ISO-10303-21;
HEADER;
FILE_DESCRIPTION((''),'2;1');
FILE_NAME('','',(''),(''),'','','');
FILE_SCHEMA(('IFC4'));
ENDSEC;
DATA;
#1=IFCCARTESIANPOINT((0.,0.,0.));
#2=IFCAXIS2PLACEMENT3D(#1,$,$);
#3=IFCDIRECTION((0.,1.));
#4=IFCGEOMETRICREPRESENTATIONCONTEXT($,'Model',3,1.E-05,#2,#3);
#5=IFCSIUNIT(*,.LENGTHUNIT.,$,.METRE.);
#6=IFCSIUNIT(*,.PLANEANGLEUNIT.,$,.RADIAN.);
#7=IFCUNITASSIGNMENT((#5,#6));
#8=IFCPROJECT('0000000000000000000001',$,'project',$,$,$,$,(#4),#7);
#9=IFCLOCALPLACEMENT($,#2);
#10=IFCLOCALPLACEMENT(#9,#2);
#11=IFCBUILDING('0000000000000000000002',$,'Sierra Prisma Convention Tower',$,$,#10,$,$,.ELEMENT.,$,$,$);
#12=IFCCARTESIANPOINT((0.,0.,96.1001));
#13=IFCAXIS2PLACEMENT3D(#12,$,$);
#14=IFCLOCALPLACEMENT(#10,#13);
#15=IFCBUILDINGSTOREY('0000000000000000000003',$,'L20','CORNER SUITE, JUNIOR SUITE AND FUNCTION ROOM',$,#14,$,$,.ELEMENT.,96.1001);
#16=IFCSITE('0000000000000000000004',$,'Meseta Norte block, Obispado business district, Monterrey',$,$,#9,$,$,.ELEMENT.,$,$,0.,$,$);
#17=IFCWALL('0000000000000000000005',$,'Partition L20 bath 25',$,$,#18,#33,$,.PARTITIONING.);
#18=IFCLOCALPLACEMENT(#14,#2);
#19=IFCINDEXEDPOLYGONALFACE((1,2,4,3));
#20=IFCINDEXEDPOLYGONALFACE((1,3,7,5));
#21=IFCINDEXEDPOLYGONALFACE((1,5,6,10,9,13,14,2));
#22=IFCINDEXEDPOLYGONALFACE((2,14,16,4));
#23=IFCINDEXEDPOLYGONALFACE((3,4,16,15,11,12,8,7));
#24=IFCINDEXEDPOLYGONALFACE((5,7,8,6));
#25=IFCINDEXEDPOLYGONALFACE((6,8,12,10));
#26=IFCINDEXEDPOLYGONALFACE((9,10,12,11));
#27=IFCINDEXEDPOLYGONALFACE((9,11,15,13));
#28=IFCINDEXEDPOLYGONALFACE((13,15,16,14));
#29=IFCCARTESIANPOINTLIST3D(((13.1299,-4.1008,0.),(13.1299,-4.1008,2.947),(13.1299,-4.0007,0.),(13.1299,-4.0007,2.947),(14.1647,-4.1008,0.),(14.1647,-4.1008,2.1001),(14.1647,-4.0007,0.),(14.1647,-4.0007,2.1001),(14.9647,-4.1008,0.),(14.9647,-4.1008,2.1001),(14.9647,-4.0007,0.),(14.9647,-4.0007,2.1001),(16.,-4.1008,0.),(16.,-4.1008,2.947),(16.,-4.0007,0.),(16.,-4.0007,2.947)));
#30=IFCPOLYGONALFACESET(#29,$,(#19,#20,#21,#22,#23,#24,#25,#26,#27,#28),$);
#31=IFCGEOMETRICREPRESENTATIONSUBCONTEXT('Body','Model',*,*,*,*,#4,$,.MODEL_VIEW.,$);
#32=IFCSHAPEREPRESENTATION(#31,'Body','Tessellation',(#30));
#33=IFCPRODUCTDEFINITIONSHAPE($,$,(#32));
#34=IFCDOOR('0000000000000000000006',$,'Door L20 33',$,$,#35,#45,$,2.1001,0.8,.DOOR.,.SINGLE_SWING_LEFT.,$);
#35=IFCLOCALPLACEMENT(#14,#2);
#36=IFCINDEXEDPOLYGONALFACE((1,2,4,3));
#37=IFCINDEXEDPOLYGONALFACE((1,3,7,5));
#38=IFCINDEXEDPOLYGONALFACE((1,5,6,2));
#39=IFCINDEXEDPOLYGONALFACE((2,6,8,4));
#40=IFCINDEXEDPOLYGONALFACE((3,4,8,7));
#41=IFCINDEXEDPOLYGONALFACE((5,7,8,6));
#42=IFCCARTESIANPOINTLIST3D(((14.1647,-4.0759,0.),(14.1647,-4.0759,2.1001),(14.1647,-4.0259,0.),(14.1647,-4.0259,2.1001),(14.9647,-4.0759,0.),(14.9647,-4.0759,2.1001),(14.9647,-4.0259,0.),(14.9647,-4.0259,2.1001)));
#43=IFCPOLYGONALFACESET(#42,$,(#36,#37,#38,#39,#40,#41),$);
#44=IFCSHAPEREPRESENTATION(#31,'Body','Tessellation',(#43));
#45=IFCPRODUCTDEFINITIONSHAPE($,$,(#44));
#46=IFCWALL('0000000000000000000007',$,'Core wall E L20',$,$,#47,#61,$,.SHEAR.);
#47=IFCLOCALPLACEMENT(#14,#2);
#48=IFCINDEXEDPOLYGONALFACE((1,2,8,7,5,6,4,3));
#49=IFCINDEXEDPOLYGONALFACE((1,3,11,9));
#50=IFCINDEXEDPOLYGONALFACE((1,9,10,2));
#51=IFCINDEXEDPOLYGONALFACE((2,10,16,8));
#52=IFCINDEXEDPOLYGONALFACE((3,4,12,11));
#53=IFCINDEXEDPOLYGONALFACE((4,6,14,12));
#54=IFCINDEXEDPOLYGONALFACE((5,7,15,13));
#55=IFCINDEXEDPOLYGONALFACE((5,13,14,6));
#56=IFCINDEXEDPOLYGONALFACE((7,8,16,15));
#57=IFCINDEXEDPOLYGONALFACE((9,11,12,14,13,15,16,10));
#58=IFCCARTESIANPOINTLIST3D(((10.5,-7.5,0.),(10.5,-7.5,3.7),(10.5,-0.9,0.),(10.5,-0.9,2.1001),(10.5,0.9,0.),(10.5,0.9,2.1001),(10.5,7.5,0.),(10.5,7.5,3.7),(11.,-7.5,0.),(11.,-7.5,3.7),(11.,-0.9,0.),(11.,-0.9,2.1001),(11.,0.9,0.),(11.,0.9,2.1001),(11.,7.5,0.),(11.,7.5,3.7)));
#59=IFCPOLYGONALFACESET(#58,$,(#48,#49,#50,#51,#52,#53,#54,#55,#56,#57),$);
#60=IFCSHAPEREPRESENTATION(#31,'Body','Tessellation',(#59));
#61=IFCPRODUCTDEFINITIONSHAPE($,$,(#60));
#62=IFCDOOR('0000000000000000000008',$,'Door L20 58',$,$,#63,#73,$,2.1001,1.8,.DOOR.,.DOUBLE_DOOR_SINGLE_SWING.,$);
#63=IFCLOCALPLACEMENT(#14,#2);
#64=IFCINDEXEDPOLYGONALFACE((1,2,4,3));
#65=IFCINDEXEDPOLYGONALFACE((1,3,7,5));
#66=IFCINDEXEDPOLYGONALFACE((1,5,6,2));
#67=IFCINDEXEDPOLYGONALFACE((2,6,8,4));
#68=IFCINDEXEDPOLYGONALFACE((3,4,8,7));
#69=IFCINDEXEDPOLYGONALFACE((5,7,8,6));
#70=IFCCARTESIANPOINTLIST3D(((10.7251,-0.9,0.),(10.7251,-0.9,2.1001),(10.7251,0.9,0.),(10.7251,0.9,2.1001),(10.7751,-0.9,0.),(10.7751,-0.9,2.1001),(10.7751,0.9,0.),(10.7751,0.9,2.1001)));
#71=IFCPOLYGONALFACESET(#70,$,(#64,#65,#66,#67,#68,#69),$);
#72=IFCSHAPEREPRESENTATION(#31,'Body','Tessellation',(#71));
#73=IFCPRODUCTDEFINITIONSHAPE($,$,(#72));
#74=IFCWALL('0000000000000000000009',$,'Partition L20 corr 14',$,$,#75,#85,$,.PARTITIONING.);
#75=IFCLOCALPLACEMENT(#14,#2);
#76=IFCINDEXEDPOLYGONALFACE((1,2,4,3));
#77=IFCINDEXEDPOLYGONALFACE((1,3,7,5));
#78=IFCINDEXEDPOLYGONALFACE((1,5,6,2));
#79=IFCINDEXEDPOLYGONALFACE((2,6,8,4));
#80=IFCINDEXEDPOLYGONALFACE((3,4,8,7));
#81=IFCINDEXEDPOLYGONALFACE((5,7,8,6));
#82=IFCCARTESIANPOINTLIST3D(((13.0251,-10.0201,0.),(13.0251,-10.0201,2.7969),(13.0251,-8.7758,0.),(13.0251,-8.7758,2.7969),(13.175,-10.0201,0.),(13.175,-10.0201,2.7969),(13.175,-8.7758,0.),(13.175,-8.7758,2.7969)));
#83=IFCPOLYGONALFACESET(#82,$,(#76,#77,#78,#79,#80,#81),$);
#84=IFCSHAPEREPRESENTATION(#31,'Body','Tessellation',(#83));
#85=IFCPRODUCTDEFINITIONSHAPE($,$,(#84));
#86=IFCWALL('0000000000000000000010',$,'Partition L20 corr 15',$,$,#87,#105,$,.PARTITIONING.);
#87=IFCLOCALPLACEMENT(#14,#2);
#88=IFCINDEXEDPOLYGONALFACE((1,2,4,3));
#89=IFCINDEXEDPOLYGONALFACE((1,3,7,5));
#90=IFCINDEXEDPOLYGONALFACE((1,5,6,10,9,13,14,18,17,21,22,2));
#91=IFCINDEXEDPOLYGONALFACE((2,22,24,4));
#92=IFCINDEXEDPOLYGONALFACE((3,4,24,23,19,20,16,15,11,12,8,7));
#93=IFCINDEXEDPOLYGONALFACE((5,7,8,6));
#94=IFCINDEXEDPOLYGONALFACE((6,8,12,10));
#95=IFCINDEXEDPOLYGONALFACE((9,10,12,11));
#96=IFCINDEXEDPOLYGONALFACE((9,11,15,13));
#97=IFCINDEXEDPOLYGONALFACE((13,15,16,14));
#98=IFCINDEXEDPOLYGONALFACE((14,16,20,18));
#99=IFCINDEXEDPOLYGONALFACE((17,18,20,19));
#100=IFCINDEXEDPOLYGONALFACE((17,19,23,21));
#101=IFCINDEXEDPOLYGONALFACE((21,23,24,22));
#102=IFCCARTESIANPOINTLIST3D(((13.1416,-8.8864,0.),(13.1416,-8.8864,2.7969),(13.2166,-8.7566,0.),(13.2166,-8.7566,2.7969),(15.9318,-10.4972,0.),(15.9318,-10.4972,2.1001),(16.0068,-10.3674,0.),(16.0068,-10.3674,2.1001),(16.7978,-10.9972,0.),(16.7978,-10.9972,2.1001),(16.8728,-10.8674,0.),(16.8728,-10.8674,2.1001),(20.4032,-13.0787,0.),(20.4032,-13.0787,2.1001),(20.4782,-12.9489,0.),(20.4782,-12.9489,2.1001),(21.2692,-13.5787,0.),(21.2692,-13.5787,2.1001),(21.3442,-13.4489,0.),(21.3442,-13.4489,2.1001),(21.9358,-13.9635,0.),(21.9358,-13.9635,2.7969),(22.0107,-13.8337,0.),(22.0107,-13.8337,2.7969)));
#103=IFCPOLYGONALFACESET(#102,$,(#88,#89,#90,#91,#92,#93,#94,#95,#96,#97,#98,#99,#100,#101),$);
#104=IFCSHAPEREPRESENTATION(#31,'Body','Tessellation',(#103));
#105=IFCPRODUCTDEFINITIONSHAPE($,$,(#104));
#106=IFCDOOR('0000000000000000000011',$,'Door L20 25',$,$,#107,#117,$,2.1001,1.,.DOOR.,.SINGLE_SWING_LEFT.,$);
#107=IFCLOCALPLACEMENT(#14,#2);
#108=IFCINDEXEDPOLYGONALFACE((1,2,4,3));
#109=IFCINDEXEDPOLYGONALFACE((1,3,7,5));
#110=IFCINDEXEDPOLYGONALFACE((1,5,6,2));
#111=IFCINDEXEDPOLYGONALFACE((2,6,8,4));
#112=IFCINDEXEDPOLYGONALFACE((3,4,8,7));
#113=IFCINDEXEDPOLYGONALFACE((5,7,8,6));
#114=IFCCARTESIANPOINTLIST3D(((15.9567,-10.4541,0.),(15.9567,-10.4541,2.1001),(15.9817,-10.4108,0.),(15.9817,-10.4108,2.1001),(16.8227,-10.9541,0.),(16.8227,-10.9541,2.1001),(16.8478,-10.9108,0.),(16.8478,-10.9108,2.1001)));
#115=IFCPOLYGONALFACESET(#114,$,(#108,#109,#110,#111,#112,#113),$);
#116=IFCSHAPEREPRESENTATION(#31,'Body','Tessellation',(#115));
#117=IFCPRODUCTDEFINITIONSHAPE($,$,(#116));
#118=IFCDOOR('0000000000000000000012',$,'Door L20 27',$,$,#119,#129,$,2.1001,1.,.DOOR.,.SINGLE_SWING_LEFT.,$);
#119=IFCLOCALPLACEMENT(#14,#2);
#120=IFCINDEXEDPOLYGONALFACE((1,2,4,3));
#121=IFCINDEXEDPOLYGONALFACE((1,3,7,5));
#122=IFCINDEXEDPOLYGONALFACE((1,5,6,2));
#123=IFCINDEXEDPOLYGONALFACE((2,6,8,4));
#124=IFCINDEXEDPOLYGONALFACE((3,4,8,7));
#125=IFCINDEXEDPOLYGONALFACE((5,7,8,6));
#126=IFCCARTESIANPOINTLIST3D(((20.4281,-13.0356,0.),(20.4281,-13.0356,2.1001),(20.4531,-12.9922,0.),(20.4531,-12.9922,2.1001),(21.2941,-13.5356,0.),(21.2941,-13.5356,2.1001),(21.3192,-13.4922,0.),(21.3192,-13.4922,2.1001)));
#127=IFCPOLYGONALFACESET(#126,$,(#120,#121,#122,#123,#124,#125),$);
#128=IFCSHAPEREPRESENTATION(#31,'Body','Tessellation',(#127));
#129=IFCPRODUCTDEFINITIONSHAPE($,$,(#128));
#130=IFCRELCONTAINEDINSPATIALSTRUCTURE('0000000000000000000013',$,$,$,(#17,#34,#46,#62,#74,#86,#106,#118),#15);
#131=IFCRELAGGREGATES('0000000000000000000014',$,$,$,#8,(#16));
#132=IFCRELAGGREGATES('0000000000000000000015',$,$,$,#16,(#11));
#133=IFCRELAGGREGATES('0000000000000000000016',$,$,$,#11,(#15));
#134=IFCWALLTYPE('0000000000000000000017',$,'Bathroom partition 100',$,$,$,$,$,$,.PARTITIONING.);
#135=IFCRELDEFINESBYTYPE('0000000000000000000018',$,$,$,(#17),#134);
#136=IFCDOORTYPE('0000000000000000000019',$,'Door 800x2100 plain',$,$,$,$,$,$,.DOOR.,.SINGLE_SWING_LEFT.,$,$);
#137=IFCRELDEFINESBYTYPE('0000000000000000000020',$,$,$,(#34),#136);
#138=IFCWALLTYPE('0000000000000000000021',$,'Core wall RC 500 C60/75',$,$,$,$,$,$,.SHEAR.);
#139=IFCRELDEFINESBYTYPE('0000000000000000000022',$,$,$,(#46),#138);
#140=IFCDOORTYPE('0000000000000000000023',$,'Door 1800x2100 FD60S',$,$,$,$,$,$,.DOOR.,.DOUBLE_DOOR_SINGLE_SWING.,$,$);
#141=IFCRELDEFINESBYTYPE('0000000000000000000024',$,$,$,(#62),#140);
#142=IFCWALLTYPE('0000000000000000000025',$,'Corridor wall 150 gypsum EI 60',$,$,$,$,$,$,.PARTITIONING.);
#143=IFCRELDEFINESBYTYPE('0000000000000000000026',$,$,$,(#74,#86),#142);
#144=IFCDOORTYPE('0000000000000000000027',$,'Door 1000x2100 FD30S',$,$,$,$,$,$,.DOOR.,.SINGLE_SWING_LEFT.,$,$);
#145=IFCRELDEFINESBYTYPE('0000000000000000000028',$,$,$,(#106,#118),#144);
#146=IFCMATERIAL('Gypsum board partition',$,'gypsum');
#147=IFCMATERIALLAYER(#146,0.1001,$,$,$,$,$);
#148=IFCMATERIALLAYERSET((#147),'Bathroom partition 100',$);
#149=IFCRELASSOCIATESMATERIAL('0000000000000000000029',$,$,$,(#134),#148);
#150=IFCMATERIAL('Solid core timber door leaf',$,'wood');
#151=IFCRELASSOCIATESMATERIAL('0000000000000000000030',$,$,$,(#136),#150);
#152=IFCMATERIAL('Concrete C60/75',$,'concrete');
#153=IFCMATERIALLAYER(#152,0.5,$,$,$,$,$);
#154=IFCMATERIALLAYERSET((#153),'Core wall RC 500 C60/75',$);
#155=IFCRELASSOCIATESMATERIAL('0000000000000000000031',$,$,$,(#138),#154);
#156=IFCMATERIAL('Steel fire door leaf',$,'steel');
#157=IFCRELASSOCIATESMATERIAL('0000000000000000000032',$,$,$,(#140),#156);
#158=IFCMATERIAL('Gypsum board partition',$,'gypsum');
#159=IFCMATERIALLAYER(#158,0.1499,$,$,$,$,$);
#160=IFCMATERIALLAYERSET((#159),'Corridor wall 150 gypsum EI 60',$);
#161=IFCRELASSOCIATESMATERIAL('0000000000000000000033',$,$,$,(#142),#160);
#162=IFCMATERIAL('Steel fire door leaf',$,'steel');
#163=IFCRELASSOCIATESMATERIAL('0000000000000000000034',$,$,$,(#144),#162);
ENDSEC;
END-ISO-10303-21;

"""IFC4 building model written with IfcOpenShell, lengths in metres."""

from ifc_helpers import new_model, si_unit, direction, frame, frame_2d, origin, place, context, subcontext, project, spatial, rectangle, extrude, material, layer, layer_set, type_object, element, fill, save


model = new_model("IFC4")

# Units and contexts
model_context = context("Model", 3, precision=1e-05, world=origin(), true_north=direction((0.0, 1.0)))
body_context = subcontext(model_context, "Body", "Model", "MODEL_VIEW")
ifc_project = project(units=[si_unit("LENGTHUNIT", "METRE"), si_unit("PLANEANGLEUNIT", "RADIAN")], contexts=[model_context])

# Site, building, storey
site_placement = place(None, origin())
site = spatial("IfcSite", under=ifc_project, at=site_placement, Name="Meseta Norte block, Obispado business district, Monterrey", CompositionType="ELEMENT", RefElevation=0.0)
building_placement = place(site_placement, origin())
building = spatial("IfcBuilding", under=site, at=building_placement, Name="Sierra Prisma Convention Tower", CompositionType="ELEMENT")
storey_placement = place(building_placement, frame((0.0, 0.0, 96.1001)))
storey = spatial("IfcBuildingStorey", under=building, at=storey_placement, Name="L20", Description="CORNER SUITE, JUNIOR SUITE AND FUNCTION ROOM", CompositionType="ELEMENT", Elevation=96.1001)

# Walls, openings, doors
ifc_material_1 = material(Name="Gypsum board partition", Category="gypsum")
ifc_layer_1 = layer(ifc_material_1, 0.1001)
ifc_layer_set_1 = layer_set([ifc_layer_1], Name="Bathroom partition 100")
wall_type_1 = type_object("IfcWallType", Name="Bathroom partition 100", PredefinedType="PARTITIONING", material=ifc_layer_set_1)
wall_1_placement = place(storey_placement, frame((13.1299, -4.0508, 0.0), z_axis=(0.0, 0.0, 1.0), x_axis=(1.0, 0.0, 0.0)))
wall_1 = element("IfcWall", 1, at=wall_1_placement, inside=storey, type_object=wall_type_1, Name="Partition L20 bath 25", PredefinedType="PARTITIONING", context=body_context, shape_type="SweptSolid", body=[
    extrude(rectangle(XDim=2.8701, YDim=0.1001, at=frame_2d((1.4351, 0.0))), origin(), (0.0, 0.0, 1.0), 2.947),
])
opening_1_placement = place(wall_1_placement, frame((1.0349, 0.0, 0.0)))
opening_1 = element("IfcOpeningElement", 2, at=opening_1_placement, cuts=wall_1, PredefinedType="OPENING", context=body_context, shape_type="SweptSolid", body=[
    extrude(rectangle(XDim=0.8, YDim=2.1001, at=frame_2d((0.3999, 1.05))), frame((0.0, 0.05, 0.0), z_axis=(0.0, -1.0, 0.0), x_axis=(1.0, 0.0, 0.0)), (0.0, 0.0, 1.0), 0.1001),
])
ifc_material_2 = material(Name="Solid core timber door leaf", Category="wood")
door_type_1 = type_object("IfcDoorType", Name="Door 800x2100 plain", OperationType="SINGLE_SWING_LEFT", PredefinedType="DOOR", material=ifc_material_2)
door_1_placement = place(opening_1_placement, origin())
door_1 = element("IfcDoor", 3, at=door_1_placement, inside=storey, type_object=door_type_1, Name="Door L20 33", OperationType="SINGLE_SWING_LEFT", OverallHeight=2.1001, OverallWidth=0.8, PredefinedType="DOOR", context=body_context, shape_type="SweptSolid", body=[
    extrude(rectangle(XDim=0.8, YDim=2.1001, at=frame_2d((0.3999, 1.05))), frame((0.0, 0.0249, 0.0), z_axis=(0.0, -1.0, 0.0), x_axis=(1.0, 0.0, 0.0)), (0.0, 0.0, 1.0), 0.05),
])
fill(opening_1, door_1)
ifc_material_3 = material(Name="Concrete C60/75", Category="concrete")
ifc_layer_2 = layer(ifc_material_3, 0.5)
ifc_layer_set_2 = layer_set([ifc_layer_2], Name="Core wall RC 500 C60/75")
wall_type_2 = type_object("IfcWallType", Name="Core wall RC 500 C60/75", PredefinedType="SHEAR", material=ifc_layer_set_2)
wall_2_placement = place(storey_placement, frame((10.75, -7.5, 0.0), z_axis=(0.0, 0.0, 1.0), x_axis=(0.0, 1.0, 0.0)))
wall_2 = element("IfcWall", 4, at=wall_2_placement, inside=storey, type_object=wall_type_2, Name="Core wall E L20", PredefinedType="SHEAR", context=body_context, shape_type="SweptSolid", body=[
    extrude(rectangle(XDim=15.0, YDim=0.5, at=frame_2d((7.5, 0.0))), origin(), (0.0, 0.0, 1.0), 3.7),
])
opening_2_placement = place(wall_2_placement, frame((6.6001, 0.0, 0.0)))
opening_2 = element("IfcOpeningElement", 5, at=opening_2_placement, cuts=wall_2, PredefinedType="OPENING", context=body_context, shape_type="SweptSolid", body=[
    extrude(rectangle(XDim=1.8, YDim=2.1001, at=frame_2d((0.8999, 1.05))), frame((0.0, 0.25, 0.0), z_axis=(0.0, -1.0, 0.0), x_axis=(1.0, 0.0, 0.0)), (0.0, 0.0, 1.0), 0.5),
])
ifc_material_4 = material(Name="Steel fire door leaf", Category="steel")
door_type_2 = type_object("IfcDoorType", Name="Door 1800x2100 FD60S", OperationType="DOUBLE_DOOR_SINGLE_SWING", PredefinedType="DOOR", material=ifc_material_4)
door_2_placement = place(opening_2_placement, origin())
door_2 = element("IfcDoor", 6, at=door_2_placement, inside=storey, type_object=door_type_2, Name="Door L20 58", OperationType="DOUBLE_DOOR_SINGLE_SWING", OverallHeight=2.1001, OverallWidth=1.8, PredefinedType="DOOR", context=body_context, shape_type="SweptSolid", body=[
    extrude(rectangle(XDim=1.8, YDim=2.1001, at=frame_2d((0.8999, 1.05))), frame((0.0, 0.0249, 0.0), z_axis=(0.0, -1.0, 0.0), x_axis=(1.0, 0.0, 0.0)), (0.0, 0.0, 1.0), 0.05),
])
fill(opening_2, door_2)

# Wall
ifc_material_5 = material(Name="Gypsum board partition", Category="gypsum")
ifc_layer_3 = layer(ifc_material_5, 0.1499)
ifc_layer_set_3 = layer_set([ifc_layer_3], Name="Corridor wall 150 gypsum EI 60")
wall_type_3 = type_object("IfcWallType", Name="Corridor wall 150 gypsum EI 60", PredefinedType="PARTITIONING", material=ifc_layer_set_3)
wall_3_placement = place(storey_placement, frame((13.1001, -10.02, 0.0), z_axis=(0.0, 0.0, 1.0), x_axis=(0.0, 1.0, 0.0)))
element("IfcWall", 7, at=wall_3_placement, inside=storey, type_object=wall_type_3, Name="Partition L20 corr 14", PredefinedType="PARTITIONING", context=body_context, shape_type="SweptSolid", body=[
    extrude(rectangle(XDim=1.2444, YDim=0.1499, at=frame_2d((0.6221, 0.0))), origin(), (0.0, 0.0, 1.0), 2.7969),
])

# Wall, openings, doors
wall_4_placement = place(storey_placement, frame((13.1792, -8.8215, 0.0), z_axis=(0.0, 0.0, 1.0), x_axis=(0.866033, -0.499987, 0.0)))
wall_4 = element("IfcWall", 8, at=wall_4_placement, inside=storey, type_object=wall_type_3, Name="Partition L20 corr 15", PredefinedType="PARTITIONING", context=body_context, shape_type="SweptSolid", body=[
    extrude(rectangle(XDim=10.1545, YDim=0.1499, at=frame_2d((5.0771, 0.0))), origin(), (0.0, 0.0, 1.0), 2.7969),
])
opening_3_placement = place(wall_4_placement, frame((3.2217, 0.0, 0.0)))
opening_3 = element("IfcOpeningElement", 9, at=opening_3_placement, cuts=wall_4, PredefinedType="OPENING", context=body_context, shape_type="SweptSolid", body=[
    extrude(rectangle(XDim=1.0, YDim=2.1001, at=frame_2d((0.5, 1.05))), frame((0.0, 0.075, 0.0), z_axis=(0.0, -1.0, 0.0), x_axis=(1.0, 0.0, 0.0)), (0.0, 0.0, 1.0), 0.1499),
])
opening_4_placement = place(wall_4_placement, frame((8.3848, 0.0, 0.0)))
opening_4 = element("IfcOpeningElement", 10, at=opening_4_placement, cuts=wall_4, PredefinedType="OPENING", context=body_context, shape_type="SweptSolid", body=[
    extrude(rectangle(XDim=1.0, YDim=2.1001, at=frame_2d((0.5, 1.05))), frame((0.0, 0.075, 0.0), z_axis=(0.0, -1.0, 0.0), x_axis=(1.0, 0.0, 0.0)), (0.0, 0.0, 1.0), 0.1499),
])
ifc_material_6 = material(Name="Steel fire door leaf", Category="steel")
door_type_3 = type_object("IfcDoorType", Name="Door 1000x2100 FD30S", OperationType="SINGLE_SWING_LEFT", PredefinedType="DOOR", material=ifc_material_6)
door_3_placement = place(opening_3_placement, origin())
door_3 = element("IfcDoor", 11, at=door_3_placement, inside=storey, type_object=door_type_3, Name="Door L20 25", OperationType="SINGLE_SWING_LEFT", OverallHeight=2.1001, OverallWidth=1.0, PredefinedType="DOOR", context=body_context, shape_type="SweptSolid", body=[
    extrude(rectangle(XDim=1.0, YDim=2.1001, at=frame_2d((0.5, 1.05))), frame((0.0, 0.0249, 0.0), z_axis=(0.0, -1.0, 0.0), x_axis=(1.0, 0.0, 0.0)), (0.0, 0.0, 1.0), 0.05),
])
fill(opening_3, door_3)
door_4_placement = place(opening_4_placement, origin())
door_4 = element("IfcDoor", 12, at=door_4_placement, inside=storey, type_object=door_type_3, Name="Door L20 27", OperationType="SINGLE_SWING_LEFT", OverallHeight=2.1001, OverallWidth=1.0, PredefinedType="DOOR", context=body_context, shape_type="SweptSolid", body=[
    extrude(rectangle(XDim=1.0, YDim=2.1001, at=frame_2d((0.5, 1.05))), frame((0.0, 0.0249, 0.0), z_axis=(0.0, -1.0, 0.0), x_axis=(1.0, 0.0, 0.0)), (0.0, 0.0, 1.0), 0.05),
])
fill(opening_4, door_4)

save(model, "model.ifc")
